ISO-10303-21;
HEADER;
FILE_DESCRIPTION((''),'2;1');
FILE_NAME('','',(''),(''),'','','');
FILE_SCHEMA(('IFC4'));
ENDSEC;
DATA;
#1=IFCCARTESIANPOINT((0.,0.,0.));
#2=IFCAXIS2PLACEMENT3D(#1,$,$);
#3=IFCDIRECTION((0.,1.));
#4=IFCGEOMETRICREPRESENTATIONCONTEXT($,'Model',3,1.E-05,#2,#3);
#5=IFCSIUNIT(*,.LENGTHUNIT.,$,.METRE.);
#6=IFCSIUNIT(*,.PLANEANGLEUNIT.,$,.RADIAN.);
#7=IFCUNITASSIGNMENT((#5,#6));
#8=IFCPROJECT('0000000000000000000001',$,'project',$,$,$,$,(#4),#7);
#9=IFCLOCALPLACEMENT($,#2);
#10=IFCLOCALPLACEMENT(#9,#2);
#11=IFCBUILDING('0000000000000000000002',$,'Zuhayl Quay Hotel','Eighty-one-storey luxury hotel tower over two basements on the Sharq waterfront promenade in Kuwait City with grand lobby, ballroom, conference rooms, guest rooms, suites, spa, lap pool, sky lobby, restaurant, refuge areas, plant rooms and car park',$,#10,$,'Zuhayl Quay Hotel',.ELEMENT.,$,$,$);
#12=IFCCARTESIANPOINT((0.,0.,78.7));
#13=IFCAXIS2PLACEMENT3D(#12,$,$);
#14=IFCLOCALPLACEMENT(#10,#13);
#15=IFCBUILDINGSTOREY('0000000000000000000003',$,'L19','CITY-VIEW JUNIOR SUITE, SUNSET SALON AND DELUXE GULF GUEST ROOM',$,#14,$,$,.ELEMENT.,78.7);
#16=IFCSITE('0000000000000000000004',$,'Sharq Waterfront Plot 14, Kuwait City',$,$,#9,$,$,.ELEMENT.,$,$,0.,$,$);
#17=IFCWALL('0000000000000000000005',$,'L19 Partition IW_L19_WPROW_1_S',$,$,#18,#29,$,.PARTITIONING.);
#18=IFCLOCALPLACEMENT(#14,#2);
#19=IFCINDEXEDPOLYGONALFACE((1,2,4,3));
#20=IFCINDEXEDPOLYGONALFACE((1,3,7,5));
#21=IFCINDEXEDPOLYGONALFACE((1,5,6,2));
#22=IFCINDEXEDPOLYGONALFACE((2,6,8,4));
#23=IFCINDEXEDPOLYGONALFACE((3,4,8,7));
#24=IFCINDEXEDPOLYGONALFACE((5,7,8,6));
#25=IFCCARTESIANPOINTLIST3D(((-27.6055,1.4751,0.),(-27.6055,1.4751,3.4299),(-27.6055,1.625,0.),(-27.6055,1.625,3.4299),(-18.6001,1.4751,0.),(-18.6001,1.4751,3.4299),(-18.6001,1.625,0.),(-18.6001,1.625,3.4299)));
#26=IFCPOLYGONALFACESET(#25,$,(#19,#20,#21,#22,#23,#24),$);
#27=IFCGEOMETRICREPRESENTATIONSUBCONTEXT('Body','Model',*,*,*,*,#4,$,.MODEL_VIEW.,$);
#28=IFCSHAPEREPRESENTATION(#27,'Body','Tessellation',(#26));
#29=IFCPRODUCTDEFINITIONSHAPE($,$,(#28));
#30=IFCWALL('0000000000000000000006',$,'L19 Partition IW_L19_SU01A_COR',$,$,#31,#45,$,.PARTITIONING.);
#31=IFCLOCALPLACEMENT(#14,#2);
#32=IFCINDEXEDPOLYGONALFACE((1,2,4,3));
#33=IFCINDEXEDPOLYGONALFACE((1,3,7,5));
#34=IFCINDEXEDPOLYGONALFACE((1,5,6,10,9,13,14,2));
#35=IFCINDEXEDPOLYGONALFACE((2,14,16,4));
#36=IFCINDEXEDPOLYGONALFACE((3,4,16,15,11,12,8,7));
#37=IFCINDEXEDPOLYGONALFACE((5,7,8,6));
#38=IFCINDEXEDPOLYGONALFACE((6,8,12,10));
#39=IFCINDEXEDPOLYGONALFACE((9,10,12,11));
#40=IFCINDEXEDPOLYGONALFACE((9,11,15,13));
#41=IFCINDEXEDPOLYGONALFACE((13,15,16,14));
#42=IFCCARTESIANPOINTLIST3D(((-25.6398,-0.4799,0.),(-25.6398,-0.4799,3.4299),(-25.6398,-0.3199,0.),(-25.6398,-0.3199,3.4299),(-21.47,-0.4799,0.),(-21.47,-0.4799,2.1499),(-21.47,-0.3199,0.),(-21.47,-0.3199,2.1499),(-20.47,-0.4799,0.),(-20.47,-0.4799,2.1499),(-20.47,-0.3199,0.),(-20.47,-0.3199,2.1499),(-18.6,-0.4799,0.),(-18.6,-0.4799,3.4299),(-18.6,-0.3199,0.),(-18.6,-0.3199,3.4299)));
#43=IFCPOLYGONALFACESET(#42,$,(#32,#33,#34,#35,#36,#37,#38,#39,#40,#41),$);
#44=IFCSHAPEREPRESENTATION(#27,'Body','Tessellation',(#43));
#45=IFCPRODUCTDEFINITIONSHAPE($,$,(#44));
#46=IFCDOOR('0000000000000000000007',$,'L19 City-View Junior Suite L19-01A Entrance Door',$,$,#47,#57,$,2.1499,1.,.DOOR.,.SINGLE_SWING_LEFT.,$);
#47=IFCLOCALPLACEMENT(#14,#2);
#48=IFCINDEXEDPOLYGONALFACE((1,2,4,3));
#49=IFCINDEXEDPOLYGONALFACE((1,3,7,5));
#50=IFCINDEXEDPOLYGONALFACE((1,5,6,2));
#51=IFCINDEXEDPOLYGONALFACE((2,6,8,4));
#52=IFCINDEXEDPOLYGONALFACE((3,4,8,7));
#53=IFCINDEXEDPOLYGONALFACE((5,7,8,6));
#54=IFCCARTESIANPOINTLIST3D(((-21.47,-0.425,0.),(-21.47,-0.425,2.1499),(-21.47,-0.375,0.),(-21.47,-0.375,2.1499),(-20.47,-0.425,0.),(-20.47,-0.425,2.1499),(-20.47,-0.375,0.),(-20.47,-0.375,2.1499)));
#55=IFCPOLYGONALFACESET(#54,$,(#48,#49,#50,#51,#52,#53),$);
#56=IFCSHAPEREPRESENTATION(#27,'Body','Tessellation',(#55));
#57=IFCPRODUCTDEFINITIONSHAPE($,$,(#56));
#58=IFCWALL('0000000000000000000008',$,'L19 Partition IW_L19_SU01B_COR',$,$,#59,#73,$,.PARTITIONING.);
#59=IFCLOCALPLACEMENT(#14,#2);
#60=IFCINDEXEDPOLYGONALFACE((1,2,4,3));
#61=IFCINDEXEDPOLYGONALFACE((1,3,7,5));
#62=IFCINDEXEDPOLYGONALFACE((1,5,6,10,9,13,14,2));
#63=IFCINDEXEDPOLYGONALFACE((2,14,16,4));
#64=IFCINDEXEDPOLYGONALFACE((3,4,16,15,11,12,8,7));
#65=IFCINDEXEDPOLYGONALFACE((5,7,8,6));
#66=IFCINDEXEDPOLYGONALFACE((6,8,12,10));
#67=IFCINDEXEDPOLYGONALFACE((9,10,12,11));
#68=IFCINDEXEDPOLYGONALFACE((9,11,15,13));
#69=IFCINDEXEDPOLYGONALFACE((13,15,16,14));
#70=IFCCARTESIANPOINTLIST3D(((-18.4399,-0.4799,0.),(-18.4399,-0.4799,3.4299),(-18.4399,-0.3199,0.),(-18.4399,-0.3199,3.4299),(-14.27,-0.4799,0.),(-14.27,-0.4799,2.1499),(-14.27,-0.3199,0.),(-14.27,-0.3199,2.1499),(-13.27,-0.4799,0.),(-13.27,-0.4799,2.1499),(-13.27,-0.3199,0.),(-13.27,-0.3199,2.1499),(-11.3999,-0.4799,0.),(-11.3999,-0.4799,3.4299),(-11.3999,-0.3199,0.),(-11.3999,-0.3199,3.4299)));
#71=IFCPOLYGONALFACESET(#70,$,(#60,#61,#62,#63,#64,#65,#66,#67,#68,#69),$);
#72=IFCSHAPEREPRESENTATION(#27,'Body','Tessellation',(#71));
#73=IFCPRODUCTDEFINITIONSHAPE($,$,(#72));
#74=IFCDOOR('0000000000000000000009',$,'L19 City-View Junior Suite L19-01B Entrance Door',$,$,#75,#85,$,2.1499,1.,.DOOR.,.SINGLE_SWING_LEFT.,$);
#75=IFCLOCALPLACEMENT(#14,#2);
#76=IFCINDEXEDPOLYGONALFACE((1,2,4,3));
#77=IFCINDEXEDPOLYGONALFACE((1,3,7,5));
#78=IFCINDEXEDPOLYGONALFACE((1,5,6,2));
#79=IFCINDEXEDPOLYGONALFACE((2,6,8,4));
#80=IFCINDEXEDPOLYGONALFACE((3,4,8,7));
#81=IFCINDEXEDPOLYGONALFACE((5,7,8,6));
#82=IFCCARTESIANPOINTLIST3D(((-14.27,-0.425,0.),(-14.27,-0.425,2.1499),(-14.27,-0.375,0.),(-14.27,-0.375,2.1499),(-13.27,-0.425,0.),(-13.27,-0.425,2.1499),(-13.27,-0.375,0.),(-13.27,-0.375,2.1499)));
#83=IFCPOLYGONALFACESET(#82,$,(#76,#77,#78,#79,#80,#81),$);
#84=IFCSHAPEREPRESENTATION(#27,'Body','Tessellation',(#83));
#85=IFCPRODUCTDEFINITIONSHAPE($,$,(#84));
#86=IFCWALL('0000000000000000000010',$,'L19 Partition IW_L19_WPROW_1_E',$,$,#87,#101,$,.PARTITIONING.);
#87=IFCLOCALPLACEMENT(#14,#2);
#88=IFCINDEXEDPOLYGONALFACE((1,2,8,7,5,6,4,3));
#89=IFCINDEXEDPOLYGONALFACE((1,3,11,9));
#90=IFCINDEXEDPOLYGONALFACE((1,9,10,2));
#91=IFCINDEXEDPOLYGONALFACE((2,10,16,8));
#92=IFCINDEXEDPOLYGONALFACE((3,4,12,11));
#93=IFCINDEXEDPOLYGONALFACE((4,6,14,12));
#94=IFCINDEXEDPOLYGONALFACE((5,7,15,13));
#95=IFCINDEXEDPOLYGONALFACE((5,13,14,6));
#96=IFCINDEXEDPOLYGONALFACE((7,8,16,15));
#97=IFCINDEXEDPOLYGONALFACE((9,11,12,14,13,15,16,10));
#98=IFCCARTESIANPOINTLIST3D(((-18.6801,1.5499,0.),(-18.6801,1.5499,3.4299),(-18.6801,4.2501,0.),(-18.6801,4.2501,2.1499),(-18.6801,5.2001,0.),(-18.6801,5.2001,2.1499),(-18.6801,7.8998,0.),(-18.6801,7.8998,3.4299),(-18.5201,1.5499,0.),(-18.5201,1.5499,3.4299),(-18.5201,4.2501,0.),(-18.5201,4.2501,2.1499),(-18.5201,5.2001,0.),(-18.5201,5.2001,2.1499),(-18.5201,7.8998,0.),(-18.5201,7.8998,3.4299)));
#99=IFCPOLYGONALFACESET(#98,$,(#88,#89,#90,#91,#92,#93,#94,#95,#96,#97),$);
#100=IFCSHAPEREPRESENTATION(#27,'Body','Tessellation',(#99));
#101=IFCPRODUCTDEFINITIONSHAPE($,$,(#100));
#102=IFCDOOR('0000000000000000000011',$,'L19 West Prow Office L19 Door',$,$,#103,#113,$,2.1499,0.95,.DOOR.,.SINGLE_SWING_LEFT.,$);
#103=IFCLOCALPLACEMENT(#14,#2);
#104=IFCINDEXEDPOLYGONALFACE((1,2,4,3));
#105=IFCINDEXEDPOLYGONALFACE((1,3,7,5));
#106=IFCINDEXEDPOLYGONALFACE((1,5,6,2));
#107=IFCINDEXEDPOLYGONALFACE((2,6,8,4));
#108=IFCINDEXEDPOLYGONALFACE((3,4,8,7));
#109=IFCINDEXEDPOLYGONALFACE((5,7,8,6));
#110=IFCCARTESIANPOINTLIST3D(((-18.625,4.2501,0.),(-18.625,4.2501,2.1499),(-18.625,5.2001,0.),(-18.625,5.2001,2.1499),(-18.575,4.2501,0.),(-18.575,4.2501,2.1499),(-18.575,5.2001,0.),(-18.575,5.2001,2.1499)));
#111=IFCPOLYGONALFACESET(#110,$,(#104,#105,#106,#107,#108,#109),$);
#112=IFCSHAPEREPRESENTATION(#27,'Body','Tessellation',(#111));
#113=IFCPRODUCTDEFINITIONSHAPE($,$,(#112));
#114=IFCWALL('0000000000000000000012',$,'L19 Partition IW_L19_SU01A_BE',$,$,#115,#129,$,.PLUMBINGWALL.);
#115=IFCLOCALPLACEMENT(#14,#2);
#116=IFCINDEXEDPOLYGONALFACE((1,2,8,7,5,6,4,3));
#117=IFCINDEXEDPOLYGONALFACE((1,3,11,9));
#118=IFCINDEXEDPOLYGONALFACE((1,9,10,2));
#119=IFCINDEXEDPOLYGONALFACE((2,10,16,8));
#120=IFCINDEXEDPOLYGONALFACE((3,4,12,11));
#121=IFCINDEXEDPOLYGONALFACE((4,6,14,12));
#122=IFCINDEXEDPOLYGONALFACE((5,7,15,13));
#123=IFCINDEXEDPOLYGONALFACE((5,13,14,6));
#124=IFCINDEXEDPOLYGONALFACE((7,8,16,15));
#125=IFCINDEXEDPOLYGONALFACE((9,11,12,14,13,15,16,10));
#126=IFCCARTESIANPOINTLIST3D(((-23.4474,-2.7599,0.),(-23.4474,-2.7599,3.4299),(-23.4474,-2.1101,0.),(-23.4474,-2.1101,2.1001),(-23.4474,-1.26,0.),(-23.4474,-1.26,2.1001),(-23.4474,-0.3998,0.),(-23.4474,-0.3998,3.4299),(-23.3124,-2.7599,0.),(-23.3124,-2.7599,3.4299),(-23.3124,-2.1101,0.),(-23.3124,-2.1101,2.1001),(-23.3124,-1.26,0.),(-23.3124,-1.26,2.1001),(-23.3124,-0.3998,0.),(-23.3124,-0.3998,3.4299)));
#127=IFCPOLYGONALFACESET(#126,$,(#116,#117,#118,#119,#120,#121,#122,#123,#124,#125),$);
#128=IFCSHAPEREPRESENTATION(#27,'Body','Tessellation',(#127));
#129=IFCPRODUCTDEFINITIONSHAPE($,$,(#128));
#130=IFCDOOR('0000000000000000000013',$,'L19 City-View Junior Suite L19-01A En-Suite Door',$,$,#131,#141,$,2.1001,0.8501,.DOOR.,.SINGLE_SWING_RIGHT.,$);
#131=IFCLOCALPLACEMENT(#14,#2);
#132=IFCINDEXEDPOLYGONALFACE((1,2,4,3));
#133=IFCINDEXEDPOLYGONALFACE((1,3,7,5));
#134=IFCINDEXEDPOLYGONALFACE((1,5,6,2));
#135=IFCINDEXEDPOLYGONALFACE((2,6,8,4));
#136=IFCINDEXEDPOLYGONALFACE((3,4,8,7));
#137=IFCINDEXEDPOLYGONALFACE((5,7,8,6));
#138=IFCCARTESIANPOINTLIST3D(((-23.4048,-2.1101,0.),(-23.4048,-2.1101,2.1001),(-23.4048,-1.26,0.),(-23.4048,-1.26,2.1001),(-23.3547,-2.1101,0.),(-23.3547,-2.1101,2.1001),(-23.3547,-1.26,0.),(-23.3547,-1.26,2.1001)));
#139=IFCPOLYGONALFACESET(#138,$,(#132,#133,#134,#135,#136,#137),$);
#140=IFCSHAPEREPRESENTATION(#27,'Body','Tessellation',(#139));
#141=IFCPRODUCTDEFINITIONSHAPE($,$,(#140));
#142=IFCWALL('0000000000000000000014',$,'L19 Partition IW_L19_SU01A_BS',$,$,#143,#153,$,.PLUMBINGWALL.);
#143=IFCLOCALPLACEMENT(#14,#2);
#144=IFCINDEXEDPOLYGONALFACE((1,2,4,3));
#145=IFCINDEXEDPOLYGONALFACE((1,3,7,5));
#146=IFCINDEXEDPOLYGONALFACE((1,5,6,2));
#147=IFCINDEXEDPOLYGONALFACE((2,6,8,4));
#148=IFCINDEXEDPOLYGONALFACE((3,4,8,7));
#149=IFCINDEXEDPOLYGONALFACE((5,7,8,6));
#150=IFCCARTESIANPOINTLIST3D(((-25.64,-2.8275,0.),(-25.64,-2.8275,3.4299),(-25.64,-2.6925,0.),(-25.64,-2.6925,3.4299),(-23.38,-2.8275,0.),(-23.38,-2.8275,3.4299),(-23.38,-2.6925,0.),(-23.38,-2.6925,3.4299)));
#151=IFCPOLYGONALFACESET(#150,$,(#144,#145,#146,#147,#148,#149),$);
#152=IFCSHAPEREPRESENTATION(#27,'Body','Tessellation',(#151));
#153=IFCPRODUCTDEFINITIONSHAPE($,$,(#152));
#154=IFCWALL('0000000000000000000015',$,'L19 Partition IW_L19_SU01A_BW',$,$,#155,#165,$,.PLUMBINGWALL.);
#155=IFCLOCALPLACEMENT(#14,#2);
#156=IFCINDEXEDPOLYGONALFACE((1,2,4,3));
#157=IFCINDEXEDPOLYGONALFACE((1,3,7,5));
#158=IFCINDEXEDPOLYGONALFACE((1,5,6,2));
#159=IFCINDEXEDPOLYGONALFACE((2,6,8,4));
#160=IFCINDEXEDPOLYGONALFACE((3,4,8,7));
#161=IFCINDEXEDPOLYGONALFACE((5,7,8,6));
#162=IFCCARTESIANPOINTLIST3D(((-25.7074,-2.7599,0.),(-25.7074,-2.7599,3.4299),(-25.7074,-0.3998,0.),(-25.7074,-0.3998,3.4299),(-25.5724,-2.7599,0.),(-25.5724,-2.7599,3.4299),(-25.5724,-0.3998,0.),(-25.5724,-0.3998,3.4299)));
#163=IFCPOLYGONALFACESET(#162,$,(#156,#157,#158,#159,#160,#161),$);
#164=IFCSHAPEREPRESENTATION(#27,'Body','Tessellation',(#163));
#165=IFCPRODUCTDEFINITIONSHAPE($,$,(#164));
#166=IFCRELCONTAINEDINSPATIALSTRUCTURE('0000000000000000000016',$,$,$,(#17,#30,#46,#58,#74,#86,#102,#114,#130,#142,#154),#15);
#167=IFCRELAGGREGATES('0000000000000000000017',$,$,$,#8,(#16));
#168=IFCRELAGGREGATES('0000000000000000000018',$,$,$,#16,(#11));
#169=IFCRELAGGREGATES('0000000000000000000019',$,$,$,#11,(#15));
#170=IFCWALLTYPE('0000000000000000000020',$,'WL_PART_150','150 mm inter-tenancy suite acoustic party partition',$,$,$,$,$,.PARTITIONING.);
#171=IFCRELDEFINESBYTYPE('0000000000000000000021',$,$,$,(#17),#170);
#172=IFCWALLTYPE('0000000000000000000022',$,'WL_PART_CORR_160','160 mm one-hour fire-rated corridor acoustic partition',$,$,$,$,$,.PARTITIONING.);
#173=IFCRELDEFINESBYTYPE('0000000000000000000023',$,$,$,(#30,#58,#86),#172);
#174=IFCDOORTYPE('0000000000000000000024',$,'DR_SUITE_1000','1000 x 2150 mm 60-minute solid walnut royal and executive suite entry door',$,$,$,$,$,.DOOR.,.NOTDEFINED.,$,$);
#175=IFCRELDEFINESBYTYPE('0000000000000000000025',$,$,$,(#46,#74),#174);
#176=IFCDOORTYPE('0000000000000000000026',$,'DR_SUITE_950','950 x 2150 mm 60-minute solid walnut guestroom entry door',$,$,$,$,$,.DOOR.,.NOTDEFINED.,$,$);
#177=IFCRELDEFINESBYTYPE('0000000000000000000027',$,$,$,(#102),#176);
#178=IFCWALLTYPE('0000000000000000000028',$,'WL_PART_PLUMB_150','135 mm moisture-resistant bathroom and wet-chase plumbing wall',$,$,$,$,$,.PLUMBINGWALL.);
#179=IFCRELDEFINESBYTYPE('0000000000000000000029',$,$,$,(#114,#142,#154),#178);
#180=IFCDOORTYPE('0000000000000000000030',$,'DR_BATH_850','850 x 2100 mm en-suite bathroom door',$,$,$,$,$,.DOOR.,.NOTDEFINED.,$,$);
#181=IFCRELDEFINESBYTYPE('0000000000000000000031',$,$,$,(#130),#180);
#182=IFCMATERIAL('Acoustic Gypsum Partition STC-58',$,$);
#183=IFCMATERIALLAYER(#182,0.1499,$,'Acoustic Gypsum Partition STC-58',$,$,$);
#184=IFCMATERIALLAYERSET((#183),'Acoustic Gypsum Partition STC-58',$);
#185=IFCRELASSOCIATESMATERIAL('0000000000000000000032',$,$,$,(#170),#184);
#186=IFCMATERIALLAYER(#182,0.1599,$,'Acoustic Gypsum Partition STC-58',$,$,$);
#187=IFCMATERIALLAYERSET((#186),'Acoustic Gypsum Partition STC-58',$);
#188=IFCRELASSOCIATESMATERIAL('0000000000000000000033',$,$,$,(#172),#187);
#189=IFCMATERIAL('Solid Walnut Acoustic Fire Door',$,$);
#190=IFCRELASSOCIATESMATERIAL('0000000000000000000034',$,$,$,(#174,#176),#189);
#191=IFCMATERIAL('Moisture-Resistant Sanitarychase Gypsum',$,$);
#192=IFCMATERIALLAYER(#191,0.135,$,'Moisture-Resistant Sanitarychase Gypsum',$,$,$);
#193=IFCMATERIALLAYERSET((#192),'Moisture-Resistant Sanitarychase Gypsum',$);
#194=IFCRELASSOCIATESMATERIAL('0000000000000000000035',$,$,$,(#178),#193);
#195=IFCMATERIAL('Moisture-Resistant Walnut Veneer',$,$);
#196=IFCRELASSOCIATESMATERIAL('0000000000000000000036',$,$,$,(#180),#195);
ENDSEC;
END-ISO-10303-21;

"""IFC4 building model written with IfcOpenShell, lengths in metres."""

from ifc_helpers import new_model, si_unit, direction, frame, frame_2d, origin, place, context, subcontext, project, spatial, rectangle, extrude, material, layer, layer_set, type_object, element, fill, save


model = new_model("IFC4")

# Units and contexts
model_context = context("Model", 3, precision=1e-05, world=origin(), true_north=direction((0.0, 1.0)))
body_context = subcontext(model_context, "Body", "Model", "MODEL_VIEW")
ifc_project = project(units=[si_unit("LENGTHUNIT", "METRE"), si_unit("PLANEANGLEUNIT", "RADIAN")], contexts=[model_context])

# Site, building, storey
site_placement = place(None, origin())
site = spatial("IfcSite", under=ifc_project, at=site_placement, Name="Sharq Waterfront Plot 14, Kuwait City", CompositionType="ELEMENT", RefElevation=0.0)
building_placement = place(site_placement, origin())
building = spatial("IfcBuilding", under=site, at=building_placement, Name="Zuhayl Quay Hotel", Description="Eighty-one-storey luxury hotel tower over two basements on the Sharq waterfront promenade in Kuwait City with grand lobby, ballroom, conference rooms, guest rooms, suites, spa, lap pool, sky lobby, restaurant, refuge areas, plant rooms and car park", LongName="Zuhayl Quay Hotel", CompositionType="ELEMENT")
storey_placement = place(building_placement, frame((0.0, 0.0, 78.7)))
storey = spatial("IfcBuildingStorey", under=building, at=storey_placement, Name="L19", Description="CITY-VIEW JUNIOR SUITE, SUNSET SALON AND DELUXE GULF GUEST ROOM", CompositionType="ELEMENT", Elevation=78.7)

# Wall
ifc_material_1 = material(Name="Acoustic Gypsum Partition STC-58")
ifc_layer_1 = layer(ifc_material_1, 0.1499, Name="Acoustic Gypsum Partition STC-58")
ifc_layer_set_1 = layer_set([ifc_layer_1], Name="Acoustic Gypsum Partition STC-58")
wall_type_1 = type_object("IfcWallType", Name="WL_PART_150", Description="150 mm inter-tenancy suite acoustic party partition", PredefinedType="PARTITIONING", material=ifc_layer_set_1)
wall_1_placement = place(storey_placement, frame((-27.6055, 1.55, 0.0), z_axis=(0.0, 0.0, 1.0), x_axis=(1.0, 0.0, 0.0)))
element("IfcWall", 1, at=wall_1_placement, inside=storey, type_object=wall_type_1, Name="L19 Partition IW_L19_WPROW_1_S", PredefinedType="PARTITIONING", context=body_context, shape_type="SweptSolid", body=[
    extrude(rectangle(XDim=9.0054, YDim=0.1499, at=frame_2d((4.5027, 0.0))), origin(), (0.0, 0.0, 1.0), 3.4299),
])

# Walls, openings, doors
ifc_layer_2 = layer(ifc_material_1, 0.1599, Name="Acoustic Gypsum Partition STC-58")
ifc_layer_set_2 = layer_set([ifc_layer_2], Name="Acoustic Gypsum Partition STC-58")
wall_type_2 = type_object("IfcWallType", Name="WL_PART_CORR_160", Description="160 mm one-hour fire-rated corridor acoustic partition", PredefinedType="PARTITIONING", material=ifc_layer_set_2)
wall_2_placement = place(storey_placement, frame((-25.6399, -0.3999, 0.0), z_axis=(0.0, 0.0, 1.0), x_axis=(1.0, 0.0, 0.0)))
wall_2 = element("IfcWall", 2, at=wall_2_placement, inside=storey, type_object=wall_type_2, Name="L19 Partition IW_L19_SU01A_COR", PredefinedType="PARTITIONING", context=body_context, shape_type="SweptSolid", body=[
    extrude(rectangle(XDim=7.0398, YDim=0.1599, at=frame_2d((3.52, 0.0))), origin(), (0.0, 0.0, 1.0), 3.4299),
])
opening_1_placement = place(wall_2_placement, frame((4.1699, 0.0, 0.0)))
opening_1 = element("IfcOpeningElement", 3, at=opening_1_placement, cuts=wall_2, PredefinedType="OPENING", context=body_context, shape_type="SweptSolid", body=[
    extrude(rectangle(XDim=1.0, YDim=2.1499, at=frame_2d((0.5, 1.075))), frame((0.0, 0.0898, 0.0), z_axis=(0.0, -1.0, 0.0), x_axis=(1.0, 0.0, 0.0)), (0.0, 0.0, 1.0), 0.1799),
])
ifc_material_2 = material(Name="Solid Walnut Acoustic Fire Door")
door_type_1 = type_object("IfcDoorType", Name="DR_SUITE_1000", Description="1000 x 2150 mm 60-minute solid walnut royal and executive suite entry door", OperationType="NOTDEFINED", PredefinedType="DOOR", material=ifc_material_2)
door_1_placement = place(opening_1_placement, origin())
door_1 = element("IfcDoor", 4, at=door_1_placement, inside=storey, type_object=door_type_1, Name="L19 City-View Junior Suite L19-01A Entrance Door", OperationType="SINGLE_SWING_LEFT", OverallHeight=2.1499, OverallWidth=1.0, PredefinedType="DOOR", context=body_context, shape_type="SweptSolid", body=[
    extrude(rectangle(XDim=1.0, YDim=2.1499, at=frame_2d((0.5, 1.075))), frame((0.0, 0.0249, 0.0), z_axis=(0.0, -1.0, 0.0), x_axis=(1.0, 0.0, 0.0)), (0.0, 0.0, 1.0), 0.05),
])
fill(opening_1, door_1)
wall_3_placement = place(storey_placement, frame((-18.4399, -0.3999, 0.0), z_axis=(0.0, 0.0, 1.0), x_axis=(1.0, 0.0, 0.0)))
wall_3 = element("IfcWall", 5, at=wall_3_placement, inside=storey, type_object=wall_type_2, Name="L19 Partition IW_L19_SU01B_COR", PredefinedType="PARTITIONING", context=body_context, shape_type="SweptSolid", body=[
    extrude(rectangle(XDim=7.04, YDim=0.1599, at=frame_2d((3.52, 0.0))), origin(), (0.0, 0.0, 1.0), 3.4299),
])
opening_2_placement = place(wall_3_placement, frame((4.1699, 0.0, 0.0)))
opening_2 = element("IfcOpeningElement", 6, at=opening_2_placement, cuts=wall_3, PredefinedType="OPENING", context=body_context, shape_type="SweptSolid", body=[
    extrude(rectangle(XDim=1.0, YDim=2.1499, at=frame_2d((0.5, 1.075))), frame((0.0, 0.0898, 0.0), z_axis=(0.0, -1.0, 0.0), x_axis=(1.0, 0.0, 0.0)), (0.0, 0.0, 1.0), 0.1799),
])
door_2_placement = place(opening_2_placement, origin())
door_2 = element("IfcDoor", 7, at=door_2_placement, inside=storey, type_object=door_type_1, Name="L19 City-View Junior Suite L19-01B Entrance Door", OperationType="SINGLE_SWING_LEFT", OverallHeight=2.1499, OverallWidth=1.0, PredefinedType="DOOR", context=body_context, shape_type="SweptSolid", body=[
    extrude(rectangle(XDim=1.0, YDim=2.1499, at=frame_2d((0.5, 1.075))), frame((0.0, 0.0249, 0.0), z_axis=(0.0, -1.0, 0.0), x_axis=(1.0, 0.0, 0.0)), (0.0, 0.0, 1.0), 0.05),
])
fill(opening_2, door_2)
wall_4_placement = place(storey_placement, frame((-18.6001, 1.55, 0.0), z_axis=(0.0, 0.0, 1.0), x_axis=(0.0, 1.0, 0.0)))
wall_4 = element("IfcWall", 8, at=wall_4_placement, inside=storey, type_object=wall_type_2, Name="L19 Partition IW_L19_WPROW_1_E", PredefinedType="PARTITIONING", context=body_context, shape_type="SweptSolid", body=[
    extrude(rectangle(XDim=6.3499, YDim=0.1599, at=frame_2d((3.1748, 0.0))), origin(), (0.0, 0.0, 1.0), 3.4299),
])
opening_3_placement = place(wall_4_placement, frame((2.7, 0.0, 0.0)))
opening_3 = element("IfcOpeningElement", 9, at=opening_3_placement, cuts=wall_4, PredefinedType="OPENING", context=body_context, shape_type="SweptSolid", body=[
    extrude(rectangle(XDim=0.95, YDim=2.1499, at=frame_2d((0.4751, 1.075))), frame((0.0, 0.0898, 0.0), z_axis=(0.0, -1.0, 0.0), x_axis=(1.0, 0.0, 0.0)), (0.0, 0.0, 1.0), 0.1799),
])
door_type_2 = type_object("IfcDoorType", Name="DR_SUITE_950", Description="950 x 2150 mm 60-minute solid walnut guestroom entry door", OperationType="NOTDEFINED", PredefinedType="DOOR", material=ifc_material_2)
door_3_placement = place(opening_3_placement, origin())
door_3 = element("IfcDoor", 10, at=door_3_placement, inside=storey, type_object=door_type_2, Name="L19 West Prow Office L19 Door", OperationType="SINGLE_SWING_LEFT", OverallHeight=2.1499, OverallWidth=0.95, PredefinedType="DOOR", context=body_context, shape_type="SweptSolid", body=[
    extrude(rectangle(XDim=0.95, YDim=2.1499, at=frame_2d((0.4751, 1.075))), frame((0.0, 0.0249, 0.0), z_axis=(0.0, -1.0, 0.0), x_axis=(1.0, 0.0, 0.0)), (0.0, 0.0, 1.0), 0.05),
])
fill(opening_3, door_3)
ifc_material_3 = material(Name="Moisture-Resistant Sanitarychase Gypsum")
ifc_layer_3 = layer(ifc_material_3, 0.135, Name="Moisture-Resistant Sanitarychase Gypsum")
ifc_layer_set_3 = layer_set([ifc_layer_3], Name="Moisture-Resistant Sanitarychase Gypsum")
wall_type_3 = type_object("IfcWallType", Name="WL_PART_PLUMB_150", Description="135 mm moisture-resistant bathroom and wet-chase plumbing wall", PredefinedType="PLUMBINGWALL", material=ifc_layer_set_3)
wall_5_placement = place(storey_placement, frame((-23.3799, -2.76, 0.0), z_axis=(0.0, 0.0, 1.0), x_axis=(0.0, 1.0, 0.0)))
wall_5 = element("IfcWall", 11, at=wall_5_placement, inside=storey, type_object=wall_type_3, Name="L19 Partition IW_L19_SU01A_BE", PredefinedType="PLUMBINGWALL", context=body_context, shape_type="SweptSolid", body=[
    extrude(rectangle(XDim=2.3601, YDim=0.135, at=frame_2d((1.1802, 0.0))), origin(), (0.0, 0.0, 1.0), 3.4299),
])
opening_4_placement = place(wall_5_placement, frame((0.6499, 0.0, 0.0)))
opening_4 = element("IfcOpeningElement", 12, at=opening_4_placement, cuts=wall_5, PredefinedType="OPENING", context=body_context, shape_type="SweptSolid", body=[
    extrude(rectangle(XDim=0.8501, YDim=2.1001, at=frame_2d((0.425, 1.05))), frame((0.0, 0.0774, 0.0), z_axis=(0.0, -1.0, 0.0), x_axis=(1.0, 0.0, 0.0)), (0.0, 0.0, 1.0), 0.155),
])
ifc_material_4 = material(Name="Moisture-Resistant Walnut Veneer")
door_type_3 = type_object("IfcDoorType", Name="DR_BATH_850", Description="850 x 2100 mm en-suite bathroom door", OperationType="NOTDEFINED", PredefinedType="DOOR", material=ifc_material_4)
door_4_placement = place(opening_4_placement, origin())
door_4 = element("IfcDoor", 13, at=door_4_placement, inside=storey, type_object=door_type_3, Name="L19 City-View Junior Suite L19-01A En-Suite Door", OperationType="SINGLE_SWING_RIGHT", OverallHeight=2.1001, OverallWidth=0.8501, PredefinedType="DOOR", context=body_context, shape_type="SweptSolid", body=[
    extrude(rectangle(XDim=0.8501, YDim=2.1001, at=frame_2d((0.425, 1.05))), frame((0.0, 0.0249, 0.0), z_axis=(0.0, -1.0, 0.0), x_axis=(1.0, 0.0, 0.0)), (0.0, 0.0, 1.0), 0.05),
])
fill(opening_4, door_4)

# Walls
wall_6_placement = place(storey_placement, frame((-25.6399, -2.76, 0.0), z_axis=(0.0, 0.0, 1.0), x_axis=(1.0, 0.0, 0.0)))
element("IfcWall", 14, at=wall_6_placement, inside=storey, type_object=wall_type_3, Name="L19 Partition IW_L19_SU01A_BS", PredefinedType="PLUMBINGWALL", context=body_context, shape_type="SweptSolid", body=[
    extrude(rectangle(XDim=2.26, YDim=0.135, at=frame_2d((1.1299, 0.0))), origin(), (0.0, 0.0, 1.0), 3.4299),
])
wall_7_placement = place(storey_placement, frame((-25.6399, -2.76, 0.0), z_axis=(0.0, 0.0, 1.0), x_axis=(0.0, 1.0, 0.0)))
element("IfcWall", 15, at=wall_7_placement, inside=storey, type_object=wall_type_3, Name="L19 Partition IW_L19_SU01A_BW", PredefinedType="PLUMBINGWALL", context=body_context, shape_type="SweptSolid", body=[
    extrude(rectangle(XDim=2.3601, YDim=0.135, at=frame_2d((1.1802, 0.0))), origin(), (0.0, 0.0, 1.0), 3.4299),
])

save(model, "model.ifc")
